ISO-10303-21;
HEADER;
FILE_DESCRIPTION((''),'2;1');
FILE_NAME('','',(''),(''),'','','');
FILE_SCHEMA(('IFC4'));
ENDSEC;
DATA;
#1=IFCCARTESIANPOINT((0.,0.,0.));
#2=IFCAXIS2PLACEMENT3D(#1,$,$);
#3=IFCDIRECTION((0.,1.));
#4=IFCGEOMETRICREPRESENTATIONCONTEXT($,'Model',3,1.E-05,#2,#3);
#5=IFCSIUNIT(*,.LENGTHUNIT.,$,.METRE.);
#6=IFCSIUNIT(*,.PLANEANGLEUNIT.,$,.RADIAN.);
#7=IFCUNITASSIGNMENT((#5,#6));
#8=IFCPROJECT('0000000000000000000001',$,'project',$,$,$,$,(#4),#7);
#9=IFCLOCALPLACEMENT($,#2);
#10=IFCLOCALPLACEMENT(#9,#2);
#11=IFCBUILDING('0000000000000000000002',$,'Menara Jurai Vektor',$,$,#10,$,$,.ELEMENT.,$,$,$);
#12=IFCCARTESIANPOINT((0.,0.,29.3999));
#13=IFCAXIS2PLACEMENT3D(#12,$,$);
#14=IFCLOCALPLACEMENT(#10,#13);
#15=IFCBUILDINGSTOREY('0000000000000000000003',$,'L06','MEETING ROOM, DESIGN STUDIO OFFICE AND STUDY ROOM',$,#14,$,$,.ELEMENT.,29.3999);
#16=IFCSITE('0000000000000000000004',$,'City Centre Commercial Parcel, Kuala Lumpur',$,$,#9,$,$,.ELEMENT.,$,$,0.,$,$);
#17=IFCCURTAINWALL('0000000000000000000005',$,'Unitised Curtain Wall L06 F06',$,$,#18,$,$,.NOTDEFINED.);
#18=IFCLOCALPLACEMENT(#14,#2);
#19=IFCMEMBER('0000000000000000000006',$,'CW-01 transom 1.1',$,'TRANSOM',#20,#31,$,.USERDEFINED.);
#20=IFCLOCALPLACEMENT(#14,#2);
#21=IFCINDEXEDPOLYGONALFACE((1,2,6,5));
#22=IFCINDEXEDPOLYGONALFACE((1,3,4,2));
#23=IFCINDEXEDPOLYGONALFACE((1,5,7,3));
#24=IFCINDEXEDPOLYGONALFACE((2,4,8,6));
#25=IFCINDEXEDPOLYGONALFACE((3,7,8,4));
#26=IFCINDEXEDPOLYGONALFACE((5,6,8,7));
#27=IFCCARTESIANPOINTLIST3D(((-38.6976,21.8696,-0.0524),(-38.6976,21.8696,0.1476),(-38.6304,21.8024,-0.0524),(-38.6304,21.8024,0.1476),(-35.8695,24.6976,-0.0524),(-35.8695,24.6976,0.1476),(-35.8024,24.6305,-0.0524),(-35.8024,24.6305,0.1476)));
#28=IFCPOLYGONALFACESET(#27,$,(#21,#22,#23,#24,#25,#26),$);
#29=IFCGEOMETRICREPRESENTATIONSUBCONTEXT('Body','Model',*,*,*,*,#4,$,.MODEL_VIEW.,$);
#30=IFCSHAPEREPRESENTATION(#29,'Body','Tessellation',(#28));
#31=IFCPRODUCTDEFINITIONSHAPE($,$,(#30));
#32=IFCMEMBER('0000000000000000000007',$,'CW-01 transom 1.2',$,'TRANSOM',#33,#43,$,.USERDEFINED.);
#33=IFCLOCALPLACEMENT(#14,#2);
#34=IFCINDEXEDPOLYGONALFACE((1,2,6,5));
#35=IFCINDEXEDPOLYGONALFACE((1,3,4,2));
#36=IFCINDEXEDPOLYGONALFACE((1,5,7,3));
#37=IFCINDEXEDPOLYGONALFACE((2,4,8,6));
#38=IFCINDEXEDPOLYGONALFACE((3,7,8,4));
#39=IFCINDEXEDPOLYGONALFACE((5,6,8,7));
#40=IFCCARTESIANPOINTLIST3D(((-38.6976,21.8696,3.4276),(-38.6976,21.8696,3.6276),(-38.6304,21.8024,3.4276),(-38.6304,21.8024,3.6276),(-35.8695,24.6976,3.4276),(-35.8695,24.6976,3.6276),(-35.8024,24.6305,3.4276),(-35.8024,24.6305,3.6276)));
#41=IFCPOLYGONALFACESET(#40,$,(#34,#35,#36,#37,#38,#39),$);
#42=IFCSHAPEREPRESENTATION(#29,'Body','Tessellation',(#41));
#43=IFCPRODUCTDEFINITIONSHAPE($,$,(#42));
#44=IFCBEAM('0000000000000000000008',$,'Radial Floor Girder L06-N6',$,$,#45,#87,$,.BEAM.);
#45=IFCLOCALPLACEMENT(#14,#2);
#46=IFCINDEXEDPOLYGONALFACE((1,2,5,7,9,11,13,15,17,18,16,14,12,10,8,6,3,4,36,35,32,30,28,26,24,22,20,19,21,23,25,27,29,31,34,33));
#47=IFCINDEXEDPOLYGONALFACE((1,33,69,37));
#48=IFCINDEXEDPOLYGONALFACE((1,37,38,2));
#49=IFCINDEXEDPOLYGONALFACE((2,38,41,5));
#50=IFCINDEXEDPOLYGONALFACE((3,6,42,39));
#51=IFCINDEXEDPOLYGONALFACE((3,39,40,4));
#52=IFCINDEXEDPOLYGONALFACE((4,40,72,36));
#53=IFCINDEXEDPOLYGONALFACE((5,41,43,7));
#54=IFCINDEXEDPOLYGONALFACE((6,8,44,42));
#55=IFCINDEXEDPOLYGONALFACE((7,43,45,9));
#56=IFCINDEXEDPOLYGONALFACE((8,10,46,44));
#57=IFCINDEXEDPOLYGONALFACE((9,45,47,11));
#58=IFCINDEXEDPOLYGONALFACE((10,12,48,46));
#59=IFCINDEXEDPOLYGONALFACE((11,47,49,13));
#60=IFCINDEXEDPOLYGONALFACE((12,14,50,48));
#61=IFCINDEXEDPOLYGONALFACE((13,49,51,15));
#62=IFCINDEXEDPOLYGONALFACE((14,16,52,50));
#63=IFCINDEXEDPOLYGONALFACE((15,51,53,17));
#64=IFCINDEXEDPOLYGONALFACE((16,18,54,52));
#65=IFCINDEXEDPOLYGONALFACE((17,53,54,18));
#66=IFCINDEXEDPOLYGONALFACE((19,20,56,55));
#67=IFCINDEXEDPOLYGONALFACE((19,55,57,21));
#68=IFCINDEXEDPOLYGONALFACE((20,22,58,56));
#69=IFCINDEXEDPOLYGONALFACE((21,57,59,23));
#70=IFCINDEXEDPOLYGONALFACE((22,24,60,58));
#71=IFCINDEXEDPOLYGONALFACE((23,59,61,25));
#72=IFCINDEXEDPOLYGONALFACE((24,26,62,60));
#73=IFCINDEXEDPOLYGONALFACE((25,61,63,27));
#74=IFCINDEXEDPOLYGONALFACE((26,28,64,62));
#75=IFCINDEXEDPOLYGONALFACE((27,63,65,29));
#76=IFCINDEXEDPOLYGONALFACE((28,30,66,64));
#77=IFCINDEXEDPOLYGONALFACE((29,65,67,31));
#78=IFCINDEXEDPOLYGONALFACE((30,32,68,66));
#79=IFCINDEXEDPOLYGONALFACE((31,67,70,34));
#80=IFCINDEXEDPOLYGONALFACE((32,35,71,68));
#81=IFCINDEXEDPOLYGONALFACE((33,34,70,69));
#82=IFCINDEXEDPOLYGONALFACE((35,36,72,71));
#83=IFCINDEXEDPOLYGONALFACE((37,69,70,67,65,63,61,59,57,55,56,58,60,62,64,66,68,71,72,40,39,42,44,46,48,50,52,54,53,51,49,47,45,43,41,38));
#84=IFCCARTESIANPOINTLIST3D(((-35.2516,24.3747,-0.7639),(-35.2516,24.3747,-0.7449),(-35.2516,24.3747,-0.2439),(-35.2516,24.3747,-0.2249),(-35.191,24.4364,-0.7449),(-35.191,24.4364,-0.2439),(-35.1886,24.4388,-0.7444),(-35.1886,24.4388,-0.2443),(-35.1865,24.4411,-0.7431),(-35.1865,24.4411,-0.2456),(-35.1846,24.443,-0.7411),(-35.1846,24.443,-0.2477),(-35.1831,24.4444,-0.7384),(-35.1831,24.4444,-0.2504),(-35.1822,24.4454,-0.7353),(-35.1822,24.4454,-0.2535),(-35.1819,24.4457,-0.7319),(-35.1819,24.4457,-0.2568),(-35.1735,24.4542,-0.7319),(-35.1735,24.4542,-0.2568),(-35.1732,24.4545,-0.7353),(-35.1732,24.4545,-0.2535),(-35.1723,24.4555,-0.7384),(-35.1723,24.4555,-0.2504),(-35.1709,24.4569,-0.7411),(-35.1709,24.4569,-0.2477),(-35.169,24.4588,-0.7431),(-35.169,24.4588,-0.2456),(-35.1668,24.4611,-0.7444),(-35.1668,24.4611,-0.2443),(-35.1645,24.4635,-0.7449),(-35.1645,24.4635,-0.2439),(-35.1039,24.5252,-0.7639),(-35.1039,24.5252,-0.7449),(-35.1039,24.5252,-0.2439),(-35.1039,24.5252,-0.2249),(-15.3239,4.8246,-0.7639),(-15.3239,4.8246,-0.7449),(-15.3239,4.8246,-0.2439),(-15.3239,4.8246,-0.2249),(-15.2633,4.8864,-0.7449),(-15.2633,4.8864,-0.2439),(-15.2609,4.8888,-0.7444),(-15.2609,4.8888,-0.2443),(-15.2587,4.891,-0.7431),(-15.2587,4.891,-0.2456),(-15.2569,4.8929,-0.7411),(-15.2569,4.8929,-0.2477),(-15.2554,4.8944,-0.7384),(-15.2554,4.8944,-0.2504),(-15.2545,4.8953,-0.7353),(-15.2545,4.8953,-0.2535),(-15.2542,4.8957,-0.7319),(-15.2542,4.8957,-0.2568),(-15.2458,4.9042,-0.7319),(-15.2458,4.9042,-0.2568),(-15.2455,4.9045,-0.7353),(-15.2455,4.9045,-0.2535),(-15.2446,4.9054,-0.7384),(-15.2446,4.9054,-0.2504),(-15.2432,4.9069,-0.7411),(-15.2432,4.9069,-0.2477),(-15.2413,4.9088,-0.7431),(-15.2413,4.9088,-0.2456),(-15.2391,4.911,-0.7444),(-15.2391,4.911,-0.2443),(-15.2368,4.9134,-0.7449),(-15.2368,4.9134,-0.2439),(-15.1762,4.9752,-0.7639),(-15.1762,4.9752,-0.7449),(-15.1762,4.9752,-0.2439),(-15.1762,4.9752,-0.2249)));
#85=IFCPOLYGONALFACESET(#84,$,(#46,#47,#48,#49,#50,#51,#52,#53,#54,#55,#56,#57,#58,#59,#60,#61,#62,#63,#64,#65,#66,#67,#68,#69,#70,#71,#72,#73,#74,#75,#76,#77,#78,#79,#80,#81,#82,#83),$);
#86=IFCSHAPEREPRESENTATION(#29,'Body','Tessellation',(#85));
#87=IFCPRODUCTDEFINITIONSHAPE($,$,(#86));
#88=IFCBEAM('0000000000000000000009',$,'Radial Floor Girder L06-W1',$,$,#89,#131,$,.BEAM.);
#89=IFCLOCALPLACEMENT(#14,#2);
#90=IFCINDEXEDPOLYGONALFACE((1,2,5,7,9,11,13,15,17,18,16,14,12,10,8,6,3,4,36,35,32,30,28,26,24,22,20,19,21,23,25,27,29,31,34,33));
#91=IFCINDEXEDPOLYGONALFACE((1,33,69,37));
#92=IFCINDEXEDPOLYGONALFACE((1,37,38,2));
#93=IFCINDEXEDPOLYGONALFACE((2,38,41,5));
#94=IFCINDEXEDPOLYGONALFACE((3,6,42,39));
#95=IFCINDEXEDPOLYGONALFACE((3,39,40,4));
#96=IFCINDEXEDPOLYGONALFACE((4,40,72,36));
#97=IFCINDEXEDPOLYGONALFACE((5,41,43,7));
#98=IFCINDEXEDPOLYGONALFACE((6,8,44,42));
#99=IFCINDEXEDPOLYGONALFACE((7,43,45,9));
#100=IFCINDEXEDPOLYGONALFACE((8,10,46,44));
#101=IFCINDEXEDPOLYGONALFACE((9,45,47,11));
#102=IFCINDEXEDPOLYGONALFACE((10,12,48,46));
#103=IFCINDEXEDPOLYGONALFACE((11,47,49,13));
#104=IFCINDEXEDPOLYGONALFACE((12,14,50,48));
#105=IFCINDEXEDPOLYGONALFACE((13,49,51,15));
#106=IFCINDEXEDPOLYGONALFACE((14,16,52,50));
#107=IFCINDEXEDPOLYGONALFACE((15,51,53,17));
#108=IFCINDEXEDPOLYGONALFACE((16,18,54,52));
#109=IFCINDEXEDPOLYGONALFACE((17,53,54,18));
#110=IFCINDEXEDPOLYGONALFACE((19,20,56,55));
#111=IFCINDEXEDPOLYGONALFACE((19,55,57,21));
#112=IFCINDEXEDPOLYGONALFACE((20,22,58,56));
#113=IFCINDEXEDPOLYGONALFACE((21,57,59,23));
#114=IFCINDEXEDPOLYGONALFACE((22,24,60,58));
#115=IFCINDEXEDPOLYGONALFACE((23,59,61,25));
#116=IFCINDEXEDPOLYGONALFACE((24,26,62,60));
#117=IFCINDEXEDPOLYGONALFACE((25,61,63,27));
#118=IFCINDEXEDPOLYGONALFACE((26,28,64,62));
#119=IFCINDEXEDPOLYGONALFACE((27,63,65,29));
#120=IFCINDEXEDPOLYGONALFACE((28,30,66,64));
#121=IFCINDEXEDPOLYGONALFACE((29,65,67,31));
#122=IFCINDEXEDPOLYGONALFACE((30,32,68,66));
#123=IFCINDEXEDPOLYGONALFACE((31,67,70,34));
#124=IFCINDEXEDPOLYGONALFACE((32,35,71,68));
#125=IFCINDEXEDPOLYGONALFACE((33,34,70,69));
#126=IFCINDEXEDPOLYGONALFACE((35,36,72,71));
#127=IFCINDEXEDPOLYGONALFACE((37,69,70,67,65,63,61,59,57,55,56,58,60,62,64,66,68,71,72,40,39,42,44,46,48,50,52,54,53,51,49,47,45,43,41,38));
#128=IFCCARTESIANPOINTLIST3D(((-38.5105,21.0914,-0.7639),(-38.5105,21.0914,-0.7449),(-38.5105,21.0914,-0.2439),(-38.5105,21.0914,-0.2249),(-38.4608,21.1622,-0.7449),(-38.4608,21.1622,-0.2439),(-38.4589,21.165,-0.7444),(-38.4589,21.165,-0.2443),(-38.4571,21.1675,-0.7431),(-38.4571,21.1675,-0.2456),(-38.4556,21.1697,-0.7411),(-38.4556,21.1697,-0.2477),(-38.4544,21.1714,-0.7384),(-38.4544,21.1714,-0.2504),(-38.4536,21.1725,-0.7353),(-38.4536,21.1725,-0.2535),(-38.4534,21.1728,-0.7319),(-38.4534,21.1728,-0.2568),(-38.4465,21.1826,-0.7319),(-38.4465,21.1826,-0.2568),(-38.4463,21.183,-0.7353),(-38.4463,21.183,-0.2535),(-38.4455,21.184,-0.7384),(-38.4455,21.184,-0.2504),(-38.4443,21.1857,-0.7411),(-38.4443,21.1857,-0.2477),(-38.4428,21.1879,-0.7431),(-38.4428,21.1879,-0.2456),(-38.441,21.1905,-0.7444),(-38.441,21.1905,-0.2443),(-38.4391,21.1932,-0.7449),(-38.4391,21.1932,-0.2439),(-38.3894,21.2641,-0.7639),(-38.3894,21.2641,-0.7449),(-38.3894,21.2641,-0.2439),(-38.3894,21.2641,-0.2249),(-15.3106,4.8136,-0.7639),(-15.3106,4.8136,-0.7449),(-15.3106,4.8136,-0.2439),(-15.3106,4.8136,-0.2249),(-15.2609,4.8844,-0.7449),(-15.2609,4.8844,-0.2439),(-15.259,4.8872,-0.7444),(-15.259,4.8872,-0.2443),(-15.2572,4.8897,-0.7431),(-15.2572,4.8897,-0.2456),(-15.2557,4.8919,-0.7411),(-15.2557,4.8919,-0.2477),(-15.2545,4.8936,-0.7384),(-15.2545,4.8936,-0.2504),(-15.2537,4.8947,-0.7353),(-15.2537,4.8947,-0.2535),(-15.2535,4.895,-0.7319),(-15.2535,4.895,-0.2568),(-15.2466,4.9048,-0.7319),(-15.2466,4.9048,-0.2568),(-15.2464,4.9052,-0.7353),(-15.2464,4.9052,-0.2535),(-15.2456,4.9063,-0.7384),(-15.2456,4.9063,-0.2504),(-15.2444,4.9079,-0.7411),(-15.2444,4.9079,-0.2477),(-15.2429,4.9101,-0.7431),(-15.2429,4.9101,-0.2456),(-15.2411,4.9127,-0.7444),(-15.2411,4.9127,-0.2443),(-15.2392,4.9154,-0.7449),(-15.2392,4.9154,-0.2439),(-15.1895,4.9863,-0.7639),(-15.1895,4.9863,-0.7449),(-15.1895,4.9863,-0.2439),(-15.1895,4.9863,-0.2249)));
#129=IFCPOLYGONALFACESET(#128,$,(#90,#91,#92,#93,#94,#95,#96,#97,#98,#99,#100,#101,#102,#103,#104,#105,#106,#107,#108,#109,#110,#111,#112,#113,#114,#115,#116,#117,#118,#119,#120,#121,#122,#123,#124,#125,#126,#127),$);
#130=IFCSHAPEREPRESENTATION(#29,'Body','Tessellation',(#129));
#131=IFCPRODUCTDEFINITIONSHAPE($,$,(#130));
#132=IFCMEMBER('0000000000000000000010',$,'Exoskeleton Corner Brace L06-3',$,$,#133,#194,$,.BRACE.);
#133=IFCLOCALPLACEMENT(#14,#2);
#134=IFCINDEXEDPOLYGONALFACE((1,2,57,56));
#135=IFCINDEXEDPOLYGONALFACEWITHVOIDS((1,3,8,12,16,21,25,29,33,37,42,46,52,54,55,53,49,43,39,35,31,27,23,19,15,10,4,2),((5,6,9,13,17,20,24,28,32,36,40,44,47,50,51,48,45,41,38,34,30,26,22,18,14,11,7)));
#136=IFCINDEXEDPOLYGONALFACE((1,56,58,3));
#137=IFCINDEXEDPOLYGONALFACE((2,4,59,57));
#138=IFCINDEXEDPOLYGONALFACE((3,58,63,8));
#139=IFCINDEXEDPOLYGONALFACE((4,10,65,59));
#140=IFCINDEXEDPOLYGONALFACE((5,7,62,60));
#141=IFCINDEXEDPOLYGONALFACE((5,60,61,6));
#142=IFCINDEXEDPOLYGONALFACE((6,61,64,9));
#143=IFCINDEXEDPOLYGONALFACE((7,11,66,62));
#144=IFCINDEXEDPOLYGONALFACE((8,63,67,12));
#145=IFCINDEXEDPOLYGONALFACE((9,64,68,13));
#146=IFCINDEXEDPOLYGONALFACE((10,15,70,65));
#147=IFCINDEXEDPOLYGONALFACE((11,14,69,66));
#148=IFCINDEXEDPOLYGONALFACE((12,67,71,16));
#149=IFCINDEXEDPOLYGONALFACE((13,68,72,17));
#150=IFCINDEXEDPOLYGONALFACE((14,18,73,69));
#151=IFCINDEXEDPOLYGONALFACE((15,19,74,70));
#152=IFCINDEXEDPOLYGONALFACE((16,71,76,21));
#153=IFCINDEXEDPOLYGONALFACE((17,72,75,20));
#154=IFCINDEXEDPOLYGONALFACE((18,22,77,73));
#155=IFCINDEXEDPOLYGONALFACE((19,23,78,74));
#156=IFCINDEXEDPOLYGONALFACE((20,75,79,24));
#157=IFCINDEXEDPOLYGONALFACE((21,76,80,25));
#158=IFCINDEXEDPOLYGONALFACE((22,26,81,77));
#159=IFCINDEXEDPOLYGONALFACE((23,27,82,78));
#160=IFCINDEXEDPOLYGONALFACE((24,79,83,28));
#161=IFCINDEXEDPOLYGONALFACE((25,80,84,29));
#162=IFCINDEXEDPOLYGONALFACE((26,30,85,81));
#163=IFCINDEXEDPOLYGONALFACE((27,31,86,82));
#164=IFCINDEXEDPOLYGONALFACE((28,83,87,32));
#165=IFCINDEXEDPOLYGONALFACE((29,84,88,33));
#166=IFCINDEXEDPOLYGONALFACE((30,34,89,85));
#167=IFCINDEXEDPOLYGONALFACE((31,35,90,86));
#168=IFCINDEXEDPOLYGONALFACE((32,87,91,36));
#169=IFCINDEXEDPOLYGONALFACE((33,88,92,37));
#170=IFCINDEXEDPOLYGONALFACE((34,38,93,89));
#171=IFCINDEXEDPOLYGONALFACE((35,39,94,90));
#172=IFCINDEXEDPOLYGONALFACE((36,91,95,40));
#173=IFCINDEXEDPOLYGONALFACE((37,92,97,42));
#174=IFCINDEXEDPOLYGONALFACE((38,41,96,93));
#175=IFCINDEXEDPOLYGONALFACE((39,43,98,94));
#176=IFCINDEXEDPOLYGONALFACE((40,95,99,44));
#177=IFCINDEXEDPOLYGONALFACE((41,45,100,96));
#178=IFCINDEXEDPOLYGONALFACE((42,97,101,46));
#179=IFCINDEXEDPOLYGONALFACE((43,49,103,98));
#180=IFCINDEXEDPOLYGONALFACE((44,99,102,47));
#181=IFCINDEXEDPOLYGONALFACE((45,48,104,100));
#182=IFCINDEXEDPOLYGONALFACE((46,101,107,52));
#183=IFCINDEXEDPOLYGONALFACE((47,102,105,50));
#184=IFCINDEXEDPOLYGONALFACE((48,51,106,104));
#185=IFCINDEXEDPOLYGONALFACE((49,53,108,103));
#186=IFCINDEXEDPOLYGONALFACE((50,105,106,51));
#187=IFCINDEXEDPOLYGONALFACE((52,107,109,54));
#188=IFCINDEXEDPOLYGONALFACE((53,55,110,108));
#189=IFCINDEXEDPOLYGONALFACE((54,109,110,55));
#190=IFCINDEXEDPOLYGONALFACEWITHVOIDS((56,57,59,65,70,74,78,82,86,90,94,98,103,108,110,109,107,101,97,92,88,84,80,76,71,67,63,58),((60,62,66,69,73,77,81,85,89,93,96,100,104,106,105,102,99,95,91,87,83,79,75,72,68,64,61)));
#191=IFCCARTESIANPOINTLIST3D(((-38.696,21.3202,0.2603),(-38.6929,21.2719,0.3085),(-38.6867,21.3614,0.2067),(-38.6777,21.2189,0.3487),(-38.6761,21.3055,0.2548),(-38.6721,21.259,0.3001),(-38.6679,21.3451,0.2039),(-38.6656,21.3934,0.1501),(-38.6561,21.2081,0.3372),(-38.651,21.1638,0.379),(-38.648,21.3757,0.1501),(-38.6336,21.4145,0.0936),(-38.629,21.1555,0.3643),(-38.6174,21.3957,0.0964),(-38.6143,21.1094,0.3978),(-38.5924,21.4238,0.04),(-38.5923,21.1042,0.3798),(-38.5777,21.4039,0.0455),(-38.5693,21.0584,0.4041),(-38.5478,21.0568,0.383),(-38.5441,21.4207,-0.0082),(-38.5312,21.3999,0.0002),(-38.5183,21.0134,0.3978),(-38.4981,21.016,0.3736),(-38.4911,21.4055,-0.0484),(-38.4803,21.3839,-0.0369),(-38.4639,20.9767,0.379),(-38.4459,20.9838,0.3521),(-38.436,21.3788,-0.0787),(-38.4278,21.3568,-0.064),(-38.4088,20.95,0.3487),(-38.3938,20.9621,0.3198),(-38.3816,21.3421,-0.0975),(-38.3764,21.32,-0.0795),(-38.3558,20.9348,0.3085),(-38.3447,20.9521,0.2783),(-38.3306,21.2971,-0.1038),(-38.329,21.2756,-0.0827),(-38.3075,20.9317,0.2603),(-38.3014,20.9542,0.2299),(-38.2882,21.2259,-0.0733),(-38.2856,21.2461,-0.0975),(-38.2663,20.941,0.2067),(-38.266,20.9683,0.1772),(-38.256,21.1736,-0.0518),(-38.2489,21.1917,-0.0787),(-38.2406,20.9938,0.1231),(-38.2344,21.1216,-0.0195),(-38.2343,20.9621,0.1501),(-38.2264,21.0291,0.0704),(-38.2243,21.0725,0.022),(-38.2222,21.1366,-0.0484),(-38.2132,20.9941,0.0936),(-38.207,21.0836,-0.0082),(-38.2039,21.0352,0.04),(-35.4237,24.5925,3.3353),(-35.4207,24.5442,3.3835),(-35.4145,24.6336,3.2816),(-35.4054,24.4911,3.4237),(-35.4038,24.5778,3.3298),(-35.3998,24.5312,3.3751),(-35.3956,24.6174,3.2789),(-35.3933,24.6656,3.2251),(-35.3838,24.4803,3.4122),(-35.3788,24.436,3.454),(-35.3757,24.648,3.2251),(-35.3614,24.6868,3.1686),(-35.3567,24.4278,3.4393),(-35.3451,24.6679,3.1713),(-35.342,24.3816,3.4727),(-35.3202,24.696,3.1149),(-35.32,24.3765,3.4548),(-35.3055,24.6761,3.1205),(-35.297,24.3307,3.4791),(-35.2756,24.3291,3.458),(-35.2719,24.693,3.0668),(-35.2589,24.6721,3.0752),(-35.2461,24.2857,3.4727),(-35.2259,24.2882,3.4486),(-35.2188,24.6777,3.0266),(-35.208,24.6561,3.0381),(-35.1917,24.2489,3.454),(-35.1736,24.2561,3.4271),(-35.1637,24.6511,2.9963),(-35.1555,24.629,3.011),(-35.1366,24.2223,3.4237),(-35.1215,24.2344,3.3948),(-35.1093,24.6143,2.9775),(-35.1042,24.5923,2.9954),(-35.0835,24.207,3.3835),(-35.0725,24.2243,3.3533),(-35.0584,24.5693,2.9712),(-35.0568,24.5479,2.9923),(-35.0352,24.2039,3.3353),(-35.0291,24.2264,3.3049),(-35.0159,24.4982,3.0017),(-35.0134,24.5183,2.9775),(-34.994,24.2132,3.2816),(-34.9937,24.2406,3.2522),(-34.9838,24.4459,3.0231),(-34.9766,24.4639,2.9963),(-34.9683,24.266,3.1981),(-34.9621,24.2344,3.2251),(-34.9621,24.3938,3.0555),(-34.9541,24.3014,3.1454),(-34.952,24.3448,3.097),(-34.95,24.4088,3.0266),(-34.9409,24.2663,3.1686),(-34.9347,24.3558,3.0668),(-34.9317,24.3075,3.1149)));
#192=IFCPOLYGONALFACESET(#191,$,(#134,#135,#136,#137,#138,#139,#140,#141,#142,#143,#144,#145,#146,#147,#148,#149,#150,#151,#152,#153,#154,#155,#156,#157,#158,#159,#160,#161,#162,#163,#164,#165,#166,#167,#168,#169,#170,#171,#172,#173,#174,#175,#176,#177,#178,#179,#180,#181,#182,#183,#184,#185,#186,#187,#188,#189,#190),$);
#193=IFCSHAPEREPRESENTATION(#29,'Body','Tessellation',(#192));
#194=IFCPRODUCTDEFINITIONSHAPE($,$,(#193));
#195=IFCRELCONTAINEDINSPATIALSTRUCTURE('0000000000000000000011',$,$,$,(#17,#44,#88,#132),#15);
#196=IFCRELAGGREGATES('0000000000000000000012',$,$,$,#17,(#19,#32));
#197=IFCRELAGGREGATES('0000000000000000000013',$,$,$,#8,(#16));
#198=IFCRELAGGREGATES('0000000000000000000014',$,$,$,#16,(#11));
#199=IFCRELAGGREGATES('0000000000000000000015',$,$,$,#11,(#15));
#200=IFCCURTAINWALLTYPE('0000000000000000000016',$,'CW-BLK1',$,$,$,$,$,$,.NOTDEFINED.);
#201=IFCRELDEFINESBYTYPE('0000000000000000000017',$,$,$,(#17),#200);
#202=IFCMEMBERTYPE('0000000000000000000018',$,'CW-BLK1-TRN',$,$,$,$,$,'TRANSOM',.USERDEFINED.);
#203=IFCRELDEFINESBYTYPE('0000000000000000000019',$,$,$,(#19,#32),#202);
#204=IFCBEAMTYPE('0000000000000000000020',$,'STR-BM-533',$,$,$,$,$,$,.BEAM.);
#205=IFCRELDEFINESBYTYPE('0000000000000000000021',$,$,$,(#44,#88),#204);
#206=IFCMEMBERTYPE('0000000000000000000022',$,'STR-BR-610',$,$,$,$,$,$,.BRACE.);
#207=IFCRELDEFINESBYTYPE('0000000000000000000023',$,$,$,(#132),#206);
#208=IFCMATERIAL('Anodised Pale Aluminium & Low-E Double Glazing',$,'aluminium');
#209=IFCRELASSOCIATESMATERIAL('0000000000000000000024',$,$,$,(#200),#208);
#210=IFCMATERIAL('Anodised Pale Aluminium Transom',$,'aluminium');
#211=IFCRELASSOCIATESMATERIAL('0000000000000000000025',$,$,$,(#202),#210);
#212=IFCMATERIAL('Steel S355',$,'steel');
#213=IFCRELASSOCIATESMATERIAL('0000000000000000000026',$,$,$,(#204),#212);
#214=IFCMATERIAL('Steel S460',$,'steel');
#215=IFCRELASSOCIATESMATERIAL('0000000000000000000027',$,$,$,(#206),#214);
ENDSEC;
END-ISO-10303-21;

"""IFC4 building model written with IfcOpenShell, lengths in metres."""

from ifc_helpers import new_model, si_unit, direction, frame, origin, origin_2d, place, context, subcontext, project, spatial, rectangle, hollow_circle, i_section, extrude, material, material_profile, profile_set, type_object, element, aggregate, save


model = new_model("IFC4")

# Units and contexts
model_context = context("Model", 3, precision=1e-05, world=origin(), true_north=direction((0.0, 1.0)))
body_context = subcontext(model_context, "Body", "Model", "MODEL_VIEW")
ifc_project = project(units=[si_unit("LENGTHUNIT", "METRE"), si_unit("PLANEANGLEUNIT", "RADIAN")], contexts=[model_context])

# Site, building, storey
site_placement = place(None, origin())
site = spatial("IfcSite", under=ifc_project, at=site_placement, Name="City Centre Commercial Parcel, Kuala Lumpur", CompositionType="ELEMENT", RefElevation=0.0)
building_placement = place(site_placement, origin())
building = spatial("IfcBuilding", under=site, at=building_placement, Name="Menara Jurai Vektor", CompositionType="ELEMENT")
storey_placement = place(building_placement, frame((0.0, 0.0, 29.3999)))
storey = spatial("IfcBuildingStorey", under=building, at=storey_placement, Name="L06", Description="MEETING ROOM, DESIGN STUDIO OFFICE AND STUDY ROOM", CompositionType="ELEMENT", Elevation=29.3999)

# Shared definitions
ifc_material_1 = material(Name="Steel S460", Category="steel")

# Curtain wall
ifc_material_2 = material(Name="Anodised Pale Aluminium & Low-E Double Glazing", Category="aluminium")
curtain_wall_type = type_object("IfcCurtainWallType", Name="CW-BLK1", PredefinedType="NOTDEFINED", material=ifc_material_2)
curtain_wall_1_placement = place(storey_placement, origin())
curtain_wall_1 = element("IfcCurtainWall", 1, at=curtain_wall_1_placement, inside=storey, type_object=curtain_wall_type, Name="Unitised Curtain Wall L06 F06", PredefinedType="NOTDEFINED")

# Members
ifc_material_3 = material(Name="Anodised Pale Aluminium Transom", Category="aluminium")
ifc_material_profile_1 = material_profile(ifc_material_3, rectangle(XDim=0.095, YDim=0.2, at=origin_2d()), Name="ALU TRN 95x200")
ifc_profile_set_1 = profile_set([ifc_material_profile_1], Name="Anodised Pale Aluminium Transom")
member_type_1 = type_object("IfcMemberType", Name="CW-BLK1-TRN", ElementType="TRANSOM", PredefinedType="USERDEFINED", material=ifc_profile_set_1)
member_1_placement = place(storey_placement, frame((-35.8359, 24.6641, 0.0476), z_axis=(-0.707107, -0.707107, 0.0), x_axis=(0.707107, -0.707107, 0.0)))
member_1 = element("IfcMember", 2, at=member_1_placement, type_object=member_type_1, Name="CW-01 transom 1.1", ObjectType="TRANSOM", PredefinedType="USERDEFINED", context=body_context, shape_type="SweptSolid", body=[
    extrude(rectangle(XDim=0.095, YDim=0.2, at=origin_2d()), origin(), (0.0, 0.0, 1.0), 3.9995),
])
member_2_placement = place(storey_placement, frame((-35.8359, 24.6641, 3.5276), z_axis=(-0.707107, -0.707107, 0.0), x_axis=(0.707107, -0.707107, 0.0)))
member_2 = element("IfcMember", 3, at=member_2_placement, type_object=member_type_1, Name="CW-01 transom 1.2", ObjectType="TRANSOM", PredefinedType="USERDEFINED", context=body_context, shape_type="SweptSolid", body=[
    extrude(rectangle(XDim=0.095, YDim=0.2, at=origin_2d()), origin(), (0.0, 0.0, 1.0), 3.9995),
])

# Beams
ifc_material_4 = material(Name="Steel S355", Category="steel")
ifc_material_profile_2 = material_profile(ifc_material_4, i_section(OverallWidth=0.2109, OverallDepth=0.5391, WebThickness=0.012, FlangeThickness=0.019, FilletRadius=0.0129, at=origin_2d()), Name="UKB 533x210x109")
ifc_profile_set_2 = profile_set([ifc_material_profile_2], Name="Steel S355")
beam_type_1 = type_object("IfcBeamType", Name="STR-BM-533", PredefinedType="BEAM", material=ifc_profile_set_2)
beam_1_placement = place(storey_placement, frame((-35.1777, 24.45, -0.4944), z_axis=(0.713839, -0.70031, 0.0), x_axis=(0.70031, 0.713839, 0.0)))
element("IfcBeam", 4, at=beam_1_placement, inside=storey, type_object=beam_type_1, Name="Radial Floor Girder L06-N6", PredefinedType="BEAM", context=body_context, shape_type="SweptSolid", body=[
    extrude(i_section(OverallWidth=0.2109, OverallDepth=0.5391, WebThickness=0.012, FlangeThickness=0.019, FilletRadius=0.0129, at=origin_2d()), origin(), (0.0, 0.0, 1.0), 27.9163),
])
beam_2_placement = place(storey_placement, frame((-38.45, 21.1777, -0.4944), z_axis=(0.818604, -0.574359, 0.0), x_axis=(0.574359, 0.818604, 0.0)))
element("IfcBeam", 5, at=beam_2_placement, inside=storey, type_object=beam_type_1, Name="Radial Floor Girder L06-W1", PredefinedType="BEAM", context=body_context, shape_type="SweptSolid", body=[
    extrude(i_section(OverallWidth=0.2109, OverallDepth=0.5391, WebThickness=0.012, FlangeThickness=0.019, FilletRadius=0.0129, at=origin_2d()), origin(), (0.0, 0.0, 1.0), 28.3408),
])

# Member
ifc_material_profile_3 = material_profile(ifc_material_1, hollow_circle(Radius=0.3049, WallThickness=0.0249, at=origin_2d()), Name="CHS 610x25")
ifc_profile_set_3 = profile_set([ifc_material_profile_3], Name="Steel S460")
member_type_2 = type_object("IfcMemberType", Name="STR-BR-610", PredefinedType="BRACE", material=ifc_profile_set_3)
member_3_placement = place(storey_placement, frame((-38.45, 21.1777, 0.1501), z_axis=(0.588942, 0.588942, 0.553438), x_axis=(-0.707107, 0.707107, 0.0)))
element("IfcMember", 6, at=member_3_placement, inside=storey, type_object=member_type_2, Name="Exoskeleton Corner Brace L06-3", PredefinedType="BRACE", context=body_context, shape_type="SweptSolid", body=[
    extrude(hollow_circle(Radius=0.3049, WallThickness=0.0249, at=origin_2d()), origin(), (0.0, 0.0, 1.0), 5.5562),
])

aggregate(curtain_wall_1, [member_1, member_2])

save(model, "model.ifc")
